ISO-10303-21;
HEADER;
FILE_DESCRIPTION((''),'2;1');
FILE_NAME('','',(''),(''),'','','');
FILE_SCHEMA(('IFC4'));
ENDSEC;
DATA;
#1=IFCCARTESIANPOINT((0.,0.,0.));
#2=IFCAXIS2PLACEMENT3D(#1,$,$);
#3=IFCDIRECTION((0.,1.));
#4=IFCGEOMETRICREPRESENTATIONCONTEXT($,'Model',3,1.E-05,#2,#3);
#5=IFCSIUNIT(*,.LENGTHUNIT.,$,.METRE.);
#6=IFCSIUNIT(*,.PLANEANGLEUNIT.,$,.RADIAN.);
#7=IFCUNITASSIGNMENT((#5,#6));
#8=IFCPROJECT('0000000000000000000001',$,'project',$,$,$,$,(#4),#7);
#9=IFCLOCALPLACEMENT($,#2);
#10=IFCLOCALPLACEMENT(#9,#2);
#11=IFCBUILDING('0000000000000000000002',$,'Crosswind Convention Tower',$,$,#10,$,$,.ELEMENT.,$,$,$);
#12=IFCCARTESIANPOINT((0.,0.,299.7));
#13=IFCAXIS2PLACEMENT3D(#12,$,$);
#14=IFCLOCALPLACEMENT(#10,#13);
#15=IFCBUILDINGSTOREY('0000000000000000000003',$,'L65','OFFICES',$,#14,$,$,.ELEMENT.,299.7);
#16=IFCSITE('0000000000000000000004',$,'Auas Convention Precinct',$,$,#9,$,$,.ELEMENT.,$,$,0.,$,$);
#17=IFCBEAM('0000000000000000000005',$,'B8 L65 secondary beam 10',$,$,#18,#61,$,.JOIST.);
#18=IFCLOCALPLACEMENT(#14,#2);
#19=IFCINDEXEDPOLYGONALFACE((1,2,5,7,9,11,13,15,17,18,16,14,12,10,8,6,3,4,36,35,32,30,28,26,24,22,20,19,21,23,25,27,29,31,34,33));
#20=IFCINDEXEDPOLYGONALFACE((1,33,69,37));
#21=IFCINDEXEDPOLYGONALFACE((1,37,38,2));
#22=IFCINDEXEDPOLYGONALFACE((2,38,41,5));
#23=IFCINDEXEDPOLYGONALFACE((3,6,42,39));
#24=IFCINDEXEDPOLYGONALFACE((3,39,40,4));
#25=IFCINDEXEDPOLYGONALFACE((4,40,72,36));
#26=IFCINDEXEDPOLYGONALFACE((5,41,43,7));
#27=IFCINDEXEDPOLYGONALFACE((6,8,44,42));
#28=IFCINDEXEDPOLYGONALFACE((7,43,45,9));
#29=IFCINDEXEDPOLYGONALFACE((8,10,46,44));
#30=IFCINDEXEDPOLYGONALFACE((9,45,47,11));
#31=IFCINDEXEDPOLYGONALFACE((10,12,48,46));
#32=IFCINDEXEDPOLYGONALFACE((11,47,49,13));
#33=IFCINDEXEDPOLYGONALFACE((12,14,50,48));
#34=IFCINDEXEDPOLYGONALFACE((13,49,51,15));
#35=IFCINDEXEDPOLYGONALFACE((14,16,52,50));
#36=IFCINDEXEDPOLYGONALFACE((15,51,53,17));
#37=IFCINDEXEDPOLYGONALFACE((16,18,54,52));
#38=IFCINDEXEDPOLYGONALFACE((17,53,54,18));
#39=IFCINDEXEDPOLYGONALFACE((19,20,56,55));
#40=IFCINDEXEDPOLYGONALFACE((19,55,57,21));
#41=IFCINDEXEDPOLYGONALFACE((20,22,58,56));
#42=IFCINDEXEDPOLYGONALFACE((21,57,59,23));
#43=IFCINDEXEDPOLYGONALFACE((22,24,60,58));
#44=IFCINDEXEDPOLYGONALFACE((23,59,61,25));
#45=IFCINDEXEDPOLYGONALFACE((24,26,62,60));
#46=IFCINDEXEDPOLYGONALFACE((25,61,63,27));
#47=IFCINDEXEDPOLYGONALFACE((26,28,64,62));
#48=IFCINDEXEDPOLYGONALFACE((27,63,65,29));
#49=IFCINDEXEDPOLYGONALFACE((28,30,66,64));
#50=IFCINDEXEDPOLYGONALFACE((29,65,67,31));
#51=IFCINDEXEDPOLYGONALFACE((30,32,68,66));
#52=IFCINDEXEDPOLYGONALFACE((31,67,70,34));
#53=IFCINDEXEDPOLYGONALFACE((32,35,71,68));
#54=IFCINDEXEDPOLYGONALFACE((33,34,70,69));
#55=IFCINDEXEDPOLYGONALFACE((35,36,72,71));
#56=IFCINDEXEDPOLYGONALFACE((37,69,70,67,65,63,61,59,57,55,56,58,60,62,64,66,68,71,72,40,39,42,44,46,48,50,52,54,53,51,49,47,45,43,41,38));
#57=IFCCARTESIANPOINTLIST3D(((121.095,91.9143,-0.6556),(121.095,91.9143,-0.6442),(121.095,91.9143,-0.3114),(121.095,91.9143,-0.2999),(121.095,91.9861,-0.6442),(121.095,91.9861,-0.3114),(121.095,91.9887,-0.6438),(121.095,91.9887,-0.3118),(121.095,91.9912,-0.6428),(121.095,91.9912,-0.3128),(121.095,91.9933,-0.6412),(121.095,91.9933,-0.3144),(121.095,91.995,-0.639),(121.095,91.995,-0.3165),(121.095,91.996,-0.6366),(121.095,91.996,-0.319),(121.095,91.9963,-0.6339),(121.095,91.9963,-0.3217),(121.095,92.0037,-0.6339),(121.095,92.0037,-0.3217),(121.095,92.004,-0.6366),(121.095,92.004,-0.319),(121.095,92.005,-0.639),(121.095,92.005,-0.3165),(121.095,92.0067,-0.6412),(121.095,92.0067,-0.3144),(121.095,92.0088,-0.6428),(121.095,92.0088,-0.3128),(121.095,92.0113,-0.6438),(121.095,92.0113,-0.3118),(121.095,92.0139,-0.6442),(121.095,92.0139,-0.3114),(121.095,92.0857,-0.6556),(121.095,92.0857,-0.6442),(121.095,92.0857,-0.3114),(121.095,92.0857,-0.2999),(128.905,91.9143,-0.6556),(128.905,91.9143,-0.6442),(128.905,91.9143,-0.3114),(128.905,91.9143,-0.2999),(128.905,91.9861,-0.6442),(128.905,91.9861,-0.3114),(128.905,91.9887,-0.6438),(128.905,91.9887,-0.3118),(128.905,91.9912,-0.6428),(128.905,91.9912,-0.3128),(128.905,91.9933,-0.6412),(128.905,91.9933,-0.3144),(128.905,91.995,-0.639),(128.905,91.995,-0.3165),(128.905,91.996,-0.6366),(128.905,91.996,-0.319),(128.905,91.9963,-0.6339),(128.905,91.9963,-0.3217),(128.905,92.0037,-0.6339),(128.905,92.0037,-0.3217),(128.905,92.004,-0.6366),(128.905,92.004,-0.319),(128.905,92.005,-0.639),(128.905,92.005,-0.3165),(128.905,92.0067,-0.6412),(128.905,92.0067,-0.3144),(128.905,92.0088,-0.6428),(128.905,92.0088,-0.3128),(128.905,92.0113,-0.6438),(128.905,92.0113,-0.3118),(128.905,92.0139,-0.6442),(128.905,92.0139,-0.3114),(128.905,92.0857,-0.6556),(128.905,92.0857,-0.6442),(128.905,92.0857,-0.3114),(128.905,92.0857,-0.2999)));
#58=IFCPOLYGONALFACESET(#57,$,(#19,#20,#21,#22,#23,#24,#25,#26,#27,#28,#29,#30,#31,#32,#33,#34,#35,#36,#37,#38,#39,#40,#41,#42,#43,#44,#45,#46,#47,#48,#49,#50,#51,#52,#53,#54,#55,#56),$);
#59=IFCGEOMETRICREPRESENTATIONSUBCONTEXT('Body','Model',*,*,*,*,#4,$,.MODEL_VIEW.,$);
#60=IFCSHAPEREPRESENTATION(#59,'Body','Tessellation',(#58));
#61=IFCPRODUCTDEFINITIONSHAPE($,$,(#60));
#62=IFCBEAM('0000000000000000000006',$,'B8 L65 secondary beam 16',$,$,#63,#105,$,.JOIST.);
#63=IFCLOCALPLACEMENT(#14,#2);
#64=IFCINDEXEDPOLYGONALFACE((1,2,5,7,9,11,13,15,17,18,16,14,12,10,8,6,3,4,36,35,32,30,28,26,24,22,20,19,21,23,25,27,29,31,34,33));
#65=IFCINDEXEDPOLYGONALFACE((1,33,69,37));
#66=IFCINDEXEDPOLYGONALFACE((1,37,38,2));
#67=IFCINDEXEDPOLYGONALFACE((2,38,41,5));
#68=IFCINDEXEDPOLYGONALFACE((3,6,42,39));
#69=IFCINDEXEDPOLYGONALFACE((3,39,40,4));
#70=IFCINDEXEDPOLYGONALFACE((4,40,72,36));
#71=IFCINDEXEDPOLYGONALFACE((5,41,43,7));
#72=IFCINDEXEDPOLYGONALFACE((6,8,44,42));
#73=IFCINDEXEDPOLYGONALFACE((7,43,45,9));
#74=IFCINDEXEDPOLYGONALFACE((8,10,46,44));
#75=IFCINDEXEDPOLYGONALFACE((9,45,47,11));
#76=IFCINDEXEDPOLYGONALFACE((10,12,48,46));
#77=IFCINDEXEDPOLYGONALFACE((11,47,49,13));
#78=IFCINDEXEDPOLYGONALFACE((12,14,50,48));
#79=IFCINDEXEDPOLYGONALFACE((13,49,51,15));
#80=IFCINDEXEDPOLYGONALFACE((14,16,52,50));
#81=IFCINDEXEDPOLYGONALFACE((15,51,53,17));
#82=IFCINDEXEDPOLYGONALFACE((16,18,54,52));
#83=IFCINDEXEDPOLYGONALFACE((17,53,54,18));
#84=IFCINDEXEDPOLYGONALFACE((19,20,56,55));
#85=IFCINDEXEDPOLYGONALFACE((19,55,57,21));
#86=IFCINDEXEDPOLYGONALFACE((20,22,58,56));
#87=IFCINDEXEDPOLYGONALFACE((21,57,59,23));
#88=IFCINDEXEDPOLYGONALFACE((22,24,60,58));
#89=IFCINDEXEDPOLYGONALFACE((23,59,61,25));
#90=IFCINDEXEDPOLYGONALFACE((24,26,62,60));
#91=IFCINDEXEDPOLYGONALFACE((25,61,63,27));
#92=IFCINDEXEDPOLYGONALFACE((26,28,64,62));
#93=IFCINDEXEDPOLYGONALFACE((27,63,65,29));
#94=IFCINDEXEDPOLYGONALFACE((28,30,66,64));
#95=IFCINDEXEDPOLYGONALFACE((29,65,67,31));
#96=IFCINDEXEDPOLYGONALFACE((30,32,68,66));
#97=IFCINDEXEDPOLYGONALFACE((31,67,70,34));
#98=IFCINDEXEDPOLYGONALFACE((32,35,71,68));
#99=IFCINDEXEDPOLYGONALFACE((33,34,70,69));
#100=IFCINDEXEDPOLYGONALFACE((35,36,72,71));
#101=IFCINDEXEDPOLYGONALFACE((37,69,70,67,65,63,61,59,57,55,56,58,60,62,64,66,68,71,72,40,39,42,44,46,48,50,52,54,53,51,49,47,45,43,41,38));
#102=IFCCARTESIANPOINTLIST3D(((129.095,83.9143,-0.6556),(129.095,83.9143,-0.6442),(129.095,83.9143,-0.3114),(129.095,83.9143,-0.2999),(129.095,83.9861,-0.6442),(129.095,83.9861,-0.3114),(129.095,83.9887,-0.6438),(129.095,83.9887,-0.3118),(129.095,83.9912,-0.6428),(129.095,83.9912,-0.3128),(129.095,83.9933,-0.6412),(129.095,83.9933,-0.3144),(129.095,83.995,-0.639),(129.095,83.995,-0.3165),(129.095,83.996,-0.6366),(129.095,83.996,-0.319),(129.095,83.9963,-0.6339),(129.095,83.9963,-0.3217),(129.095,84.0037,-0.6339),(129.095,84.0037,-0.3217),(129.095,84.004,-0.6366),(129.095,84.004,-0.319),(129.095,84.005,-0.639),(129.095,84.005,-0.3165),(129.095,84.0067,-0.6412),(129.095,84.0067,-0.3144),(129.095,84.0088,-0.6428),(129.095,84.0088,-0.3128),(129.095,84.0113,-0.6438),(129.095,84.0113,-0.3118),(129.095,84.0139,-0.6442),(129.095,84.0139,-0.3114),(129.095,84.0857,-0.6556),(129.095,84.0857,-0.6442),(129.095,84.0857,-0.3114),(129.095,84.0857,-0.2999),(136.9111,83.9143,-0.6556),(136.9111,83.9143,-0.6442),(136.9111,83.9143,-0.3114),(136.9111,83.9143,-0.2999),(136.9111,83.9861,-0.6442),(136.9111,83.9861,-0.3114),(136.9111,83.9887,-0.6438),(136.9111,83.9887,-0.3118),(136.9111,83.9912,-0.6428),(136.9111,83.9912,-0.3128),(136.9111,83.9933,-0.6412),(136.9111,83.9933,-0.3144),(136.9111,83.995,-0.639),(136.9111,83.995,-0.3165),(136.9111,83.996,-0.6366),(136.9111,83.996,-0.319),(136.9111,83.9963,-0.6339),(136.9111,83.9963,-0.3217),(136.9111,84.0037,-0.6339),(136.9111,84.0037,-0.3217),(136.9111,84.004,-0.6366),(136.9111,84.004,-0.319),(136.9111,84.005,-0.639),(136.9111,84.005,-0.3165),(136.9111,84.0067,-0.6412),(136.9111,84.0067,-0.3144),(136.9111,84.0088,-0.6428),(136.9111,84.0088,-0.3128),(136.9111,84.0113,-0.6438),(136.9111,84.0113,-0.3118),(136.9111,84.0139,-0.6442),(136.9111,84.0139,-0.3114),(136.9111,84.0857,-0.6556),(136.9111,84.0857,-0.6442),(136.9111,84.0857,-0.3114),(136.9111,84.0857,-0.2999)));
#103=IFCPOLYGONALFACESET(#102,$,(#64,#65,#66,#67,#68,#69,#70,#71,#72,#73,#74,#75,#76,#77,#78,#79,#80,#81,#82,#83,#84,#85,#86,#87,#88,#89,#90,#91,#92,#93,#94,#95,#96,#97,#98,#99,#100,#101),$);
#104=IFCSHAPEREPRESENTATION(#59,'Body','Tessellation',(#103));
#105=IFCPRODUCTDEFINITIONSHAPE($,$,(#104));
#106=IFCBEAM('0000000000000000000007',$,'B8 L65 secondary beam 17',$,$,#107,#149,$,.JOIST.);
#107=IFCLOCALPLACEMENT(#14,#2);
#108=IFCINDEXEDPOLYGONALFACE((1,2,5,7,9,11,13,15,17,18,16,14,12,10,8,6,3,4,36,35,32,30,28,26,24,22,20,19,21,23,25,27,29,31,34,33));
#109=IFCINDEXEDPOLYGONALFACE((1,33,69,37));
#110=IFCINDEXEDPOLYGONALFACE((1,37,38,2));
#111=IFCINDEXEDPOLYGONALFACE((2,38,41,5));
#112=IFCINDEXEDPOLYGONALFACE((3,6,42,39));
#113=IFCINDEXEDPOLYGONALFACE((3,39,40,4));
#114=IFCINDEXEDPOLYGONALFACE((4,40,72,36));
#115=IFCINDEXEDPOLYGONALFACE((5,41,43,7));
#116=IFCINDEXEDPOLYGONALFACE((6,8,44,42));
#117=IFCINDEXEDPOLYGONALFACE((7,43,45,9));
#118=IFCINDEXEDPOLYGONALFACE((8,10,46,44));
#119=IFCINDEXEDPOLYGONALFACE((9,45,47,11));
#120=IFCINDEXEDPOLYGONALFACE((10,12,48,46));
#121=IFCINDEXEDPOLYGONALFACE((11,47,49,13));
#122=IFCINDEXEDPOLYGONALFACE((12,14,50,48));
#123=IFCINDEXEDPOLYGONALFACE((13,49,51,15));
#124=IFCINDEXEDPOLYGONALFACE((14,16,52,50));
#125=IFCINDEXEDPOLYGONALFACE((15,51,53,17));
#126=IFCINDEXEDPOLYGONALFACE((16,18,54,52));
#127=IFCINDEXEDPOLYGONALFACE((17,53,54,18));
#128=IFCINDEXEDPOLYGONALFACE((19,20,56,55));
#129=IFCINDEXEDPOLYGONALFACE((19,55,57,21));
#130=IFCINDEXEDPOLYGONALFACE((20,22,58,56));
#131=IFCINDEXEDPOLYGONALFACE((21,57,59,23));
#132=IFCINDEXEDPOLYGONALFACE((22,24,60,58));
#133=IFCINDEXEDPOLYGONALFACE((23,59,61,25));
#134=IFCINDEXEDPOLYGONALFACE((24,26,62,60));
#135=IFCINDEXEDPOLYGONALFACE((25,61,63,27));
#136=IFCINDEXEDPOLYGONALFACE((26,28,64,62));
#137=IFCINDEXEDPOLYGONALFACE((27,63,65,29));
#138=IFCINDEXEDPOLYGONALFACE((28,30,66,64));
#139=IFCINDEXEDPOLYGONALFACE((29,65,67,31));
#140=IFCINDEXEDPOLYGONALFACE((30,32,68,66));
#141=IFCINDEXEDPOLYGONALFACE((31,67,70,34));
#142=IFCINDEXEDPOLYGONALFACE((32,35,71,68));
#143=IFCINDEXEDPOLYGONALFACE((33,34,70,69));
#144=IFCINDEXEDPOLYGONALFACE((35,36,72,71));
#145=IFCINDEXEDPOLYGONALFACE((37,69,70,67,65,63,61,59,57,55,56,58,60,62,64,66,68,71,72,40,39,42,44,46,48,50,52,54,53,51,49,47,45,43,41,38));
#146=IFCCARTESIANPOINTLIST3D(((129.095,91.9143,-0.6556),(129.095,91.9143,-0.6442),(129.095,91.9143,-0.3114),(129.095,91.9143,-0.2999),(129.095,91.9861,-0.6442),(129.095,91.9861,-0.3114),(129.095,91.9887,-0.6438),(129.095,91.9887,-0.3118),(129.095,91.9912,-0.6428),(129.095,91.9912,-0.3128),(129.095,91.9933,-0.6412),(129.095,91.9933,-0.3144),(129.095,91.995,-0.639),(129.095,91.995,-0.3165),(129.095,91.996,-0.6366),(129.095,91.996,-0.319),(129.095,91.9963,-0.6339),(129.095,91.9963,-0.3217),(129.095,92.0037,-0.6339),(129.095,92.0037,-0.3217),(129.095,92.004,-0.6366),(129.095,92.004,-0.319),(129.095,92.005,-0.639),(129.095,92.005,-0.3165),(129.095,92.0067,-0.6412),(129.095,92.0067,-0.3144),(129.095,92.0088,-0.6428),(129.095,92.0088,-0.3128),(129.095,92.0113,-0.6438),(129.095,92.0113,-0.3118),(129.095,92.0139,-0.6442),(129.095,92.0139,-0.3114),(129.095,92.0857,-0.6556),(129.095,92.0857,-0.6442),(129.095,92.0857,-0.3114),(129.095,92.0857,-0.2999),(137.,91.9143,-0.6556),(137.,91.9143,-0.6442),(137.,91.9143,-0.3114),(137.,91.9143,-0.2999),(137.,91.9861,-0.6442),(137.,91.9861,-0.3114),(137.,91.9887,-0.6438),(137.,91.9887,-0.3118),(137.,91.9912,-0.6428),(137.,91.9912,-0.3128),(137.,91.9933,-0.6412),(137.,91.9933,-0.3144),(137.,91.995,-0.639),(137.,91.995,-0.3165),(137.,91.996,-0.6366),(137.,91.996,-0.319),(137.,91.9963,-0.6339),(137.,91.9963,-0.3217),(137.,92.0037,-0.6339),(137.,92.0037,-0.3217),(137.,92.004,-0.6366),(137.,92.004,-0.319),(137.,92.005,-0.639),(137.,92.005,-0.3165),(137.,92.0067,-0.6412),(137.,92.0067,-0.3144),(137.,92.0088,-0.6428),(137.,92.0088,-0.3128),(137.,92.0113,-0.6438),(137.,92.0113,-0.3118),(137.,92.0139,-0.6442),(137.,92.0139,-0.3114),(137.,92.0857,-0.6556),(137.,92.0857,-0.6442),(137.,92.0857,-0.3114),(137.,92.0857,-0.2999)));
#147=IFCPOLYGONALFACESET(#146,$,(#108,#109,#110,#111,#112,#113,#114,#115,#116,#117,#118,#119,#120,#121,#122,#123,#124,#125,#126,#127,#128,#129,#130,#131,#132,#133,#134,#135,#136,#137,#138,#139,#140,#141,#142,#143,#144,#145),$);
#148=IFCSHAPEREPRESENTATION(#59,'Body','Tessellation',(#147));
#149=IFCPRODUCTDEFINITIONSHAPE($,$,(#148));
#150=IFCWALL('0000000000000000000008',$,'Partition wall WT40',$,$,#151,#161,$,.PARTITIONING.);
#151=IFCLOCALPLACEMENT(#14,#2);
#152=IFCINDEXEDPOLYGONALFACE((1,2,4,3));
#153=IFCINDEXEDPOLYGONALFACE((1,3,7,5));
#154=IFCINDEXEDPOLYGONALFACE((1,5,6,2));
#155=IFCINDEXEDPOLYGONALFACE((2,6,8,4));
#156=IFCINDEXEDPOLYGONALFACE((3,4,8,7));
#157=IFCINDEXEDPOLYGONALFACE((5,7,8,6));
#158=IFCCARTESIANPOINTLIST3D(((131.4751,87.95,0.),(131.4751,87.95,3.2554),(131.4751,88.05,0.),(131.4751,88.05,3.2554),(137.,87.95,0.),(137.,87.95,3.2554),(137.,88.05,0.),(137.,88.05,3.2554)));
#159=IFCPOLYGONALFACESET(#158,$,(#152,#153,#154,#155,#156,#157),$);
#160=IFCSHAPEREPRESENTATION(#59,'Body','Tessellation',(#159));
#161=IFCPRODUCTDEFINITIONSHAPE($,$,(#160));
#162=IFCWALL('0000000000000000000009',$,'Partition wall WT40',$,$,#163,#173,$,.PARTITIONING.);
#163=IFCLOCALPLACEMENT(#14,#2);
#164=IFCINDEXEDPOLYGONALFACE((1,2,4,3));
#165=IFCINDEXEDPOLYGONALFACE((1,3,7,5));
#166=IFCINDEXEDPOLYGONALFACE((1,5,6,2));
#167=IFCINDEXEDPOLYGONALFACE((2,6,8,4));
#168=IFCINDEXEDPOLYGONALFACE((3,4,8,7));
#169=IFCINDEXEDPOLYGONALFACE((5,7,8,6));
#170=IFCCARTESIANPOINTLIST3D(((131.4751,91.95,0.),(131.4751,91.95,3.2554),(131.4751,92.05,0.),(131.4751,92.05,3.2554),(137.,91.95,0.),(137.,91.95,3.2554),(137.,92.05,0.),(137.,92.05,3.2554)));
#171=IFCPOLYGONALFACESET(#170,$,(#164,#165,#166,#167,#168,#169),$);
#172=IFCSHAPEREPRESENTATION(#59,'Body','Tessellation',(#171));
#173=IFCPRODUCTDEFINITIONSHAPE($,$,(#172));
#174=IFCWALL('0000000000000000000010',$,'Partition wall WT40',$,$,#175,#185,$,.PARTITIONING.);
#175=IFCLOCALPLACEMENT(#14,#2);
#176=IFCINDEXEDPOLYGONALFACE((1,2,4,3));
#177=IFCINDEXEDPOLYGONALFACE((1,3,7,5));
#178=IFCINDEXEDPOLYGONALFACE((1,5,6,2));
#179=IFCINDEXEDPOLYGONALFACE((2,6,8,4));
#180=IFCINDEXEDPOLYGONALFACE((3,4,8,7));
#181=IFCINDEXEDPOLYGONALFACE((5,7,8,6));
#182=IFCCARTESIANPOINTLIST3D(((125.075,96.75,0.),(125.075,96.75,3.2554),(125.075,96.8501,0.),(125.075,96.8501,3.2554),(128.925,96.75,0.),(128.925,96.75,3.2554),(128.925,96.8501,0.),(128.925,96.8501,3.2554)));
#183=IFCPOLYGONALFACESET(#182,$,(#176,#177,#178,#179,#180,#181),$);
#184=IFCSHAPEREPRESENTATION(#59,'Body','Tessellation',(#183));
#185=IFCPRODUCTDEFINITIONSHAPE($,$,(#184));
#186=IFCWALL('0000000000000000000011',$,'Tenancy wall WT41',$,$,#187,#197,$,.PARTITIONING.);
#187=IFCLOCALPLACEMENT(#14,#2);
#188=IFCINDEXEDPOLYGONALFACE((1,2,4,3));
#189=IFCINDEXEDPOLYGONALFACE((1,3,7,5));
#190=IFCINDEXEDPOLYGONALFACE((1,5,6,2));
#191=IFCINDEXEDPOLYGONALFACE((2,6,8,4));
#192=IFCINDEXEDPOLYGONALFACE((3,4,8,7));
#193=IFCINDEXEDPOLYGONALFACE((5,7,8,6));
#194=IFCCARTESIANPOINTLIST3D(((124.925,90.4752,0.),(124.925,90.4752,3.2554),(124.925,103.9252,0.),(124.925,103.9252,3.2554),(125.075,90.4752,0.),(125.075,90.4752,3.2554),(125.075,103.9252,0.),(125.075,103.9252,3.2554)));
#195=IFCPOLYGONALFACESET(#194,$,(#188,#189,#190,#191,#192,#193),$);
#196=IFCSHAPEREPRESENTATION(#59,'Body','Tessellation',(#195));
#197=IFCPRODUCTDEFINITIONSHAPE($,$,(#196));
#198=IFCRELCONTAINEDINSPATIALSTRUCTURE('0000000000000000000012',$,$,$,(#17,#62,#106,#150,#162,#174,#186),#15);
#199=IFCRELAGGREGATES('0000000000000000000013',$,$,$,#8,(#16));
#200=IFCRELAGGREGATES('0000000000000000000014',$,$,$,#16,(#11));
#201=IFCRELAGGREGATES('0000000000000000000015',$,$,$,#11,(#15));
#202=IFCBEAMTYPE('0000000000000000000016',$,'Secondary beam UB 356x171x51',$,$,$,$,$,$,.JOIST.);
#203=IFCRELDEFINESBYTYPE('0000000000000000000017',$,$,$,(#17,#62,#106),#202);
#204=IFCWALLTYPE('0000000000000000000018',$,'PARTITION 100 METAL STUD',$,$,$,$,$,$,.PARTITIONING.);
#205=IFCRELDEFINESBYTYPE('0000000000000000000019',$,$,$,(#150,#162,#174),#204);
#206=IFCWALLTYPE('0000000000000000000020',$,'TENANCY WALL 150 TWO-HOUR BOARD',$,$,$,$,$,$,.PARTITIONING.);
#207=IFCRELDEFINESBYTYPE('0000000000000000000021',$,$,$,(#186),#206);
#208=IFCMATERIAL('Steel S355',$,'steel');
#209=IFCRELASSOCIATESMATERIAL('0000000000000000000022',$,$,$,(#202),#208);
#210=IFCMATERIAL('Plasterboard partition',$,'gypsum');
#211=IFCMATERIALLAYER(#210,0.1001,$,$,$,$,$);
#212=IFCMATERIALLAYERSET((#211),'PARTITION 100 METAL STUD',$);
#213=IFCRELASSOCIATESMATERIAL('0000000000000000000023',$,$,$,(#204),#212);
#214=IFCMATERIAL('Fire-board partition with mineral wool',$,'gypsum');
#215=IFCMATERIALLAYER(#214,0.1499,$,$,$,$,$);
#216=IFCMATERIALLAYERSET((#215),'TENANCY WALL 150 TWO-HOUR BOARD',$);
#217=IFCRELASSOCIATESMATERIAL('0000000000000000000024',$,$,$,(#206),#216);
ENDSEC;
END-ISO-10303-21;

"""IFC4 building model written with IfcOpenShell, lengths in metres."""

from ifc_helpers import new_model, si_unit, direction, frame, frame_2d, origin, origin_2d, place, context, subcontext, project, spatial, rectangle, i_section, extrude, material, layer, layer_set, material_profile, profile_set, type_object, element, save


model = new_model("IFC4")

# Units and contexts
model_context = context("Model", 3, precision=1e-05, world=origin(), true_north=direction((0.0, 1.0)))
body_context = subcontext(model_context, "Body", "Model", "MODEL_VIEW")
ifc_project = project(units=[si_unit("LENGTHUNIT", "METRE"), si_unit("PLANEANGLEUNIT", "RADIAN")], contexts=[model_context])

# Site, building, storey
site_placement = place(None, origin())
site = spatial("IfcSite", under=ifc_project, at=site_placement, Name="Auas Convention Precinct", CompositionType="ELEMENT", RefElevation=0.0)
building_placement = place(site_placement, origin())
building = spatial("IfcBuilding", under=site, at=building_placement, Name="Crosswind Convention Tower", CompositionType="ELEMENT")
storey_placement = place(building_placement, frame((0.0, 0.0, 299.7)))
storey = spatial("IfcBuildingStorey", under=building, at=storey_placement, Name="L65", Description="OFFICES", CompositionType="ELEMENT", Elevation=299.7)

# Beams
ifc_material_1 = material(Name="Steel S355", Category="steel")
ifc_material_profile_1 = material_profile(ifc_material_1, i_section(OverallWidth=0.1714, OverallDepth=0.3557, WebThickness=0.0073, FlangeThickness=0.0115, FilletRadius=0.0103, at=origin_2d()), Name="UB 356x171x51")
ifc_profile_set_1 = profile_set([ifc_material_profile_1], Name="Steel S355")
beam_type_1 = type_object("IfcBeamType", Name="Secondary beam UB 356x171x51", PredefinedType="JOIST", material=ifc_profile_set_1)
for number, where, z_axis, x_axis, name in (
    (1, (121.095, 92.0, -0.4778), (1.0, 0.0, 0.0), (0.0, 1.0, 0.0), "B8 L65 secondary beam 10"),
):
    element("IfcBeam", number, at=place(storey_placement, frame(where, z_axis=z_axis, x_axis=x_axis)), inside=storey, type_object=beam_type_1, Name=name, PredefinedType="JOIST", context=body_context, shape_type="SweptSolid", body=[
        extrude(i_section(OverallWidth=0.1714, OverallDepth=0.3557, WebThickness=0.0073, FlangeThickness=0.0115, FilletRadius=0.0103, at=origin_2d()), origin(), (0.0, 0.0, 1.0), 7.8101),
    ])
beam_1_placement = place(storey_placement, frame((129.095, 84.0, -0.4778), z_axis=(1.0, 0.0, 0.0), x_axis=(0.0, 1.0, 0.0)))
element("IfcBeam", 2, at=beam_1_placement, inside=storey, type_object=beam_type_1, Name="B8 L65 secondary beam 16", PredefinedType="JOIST", context=body_context, shape_type="SweptSolid", body=[
    extrude(i_section(OverallWidth=0.1714, OverallDepth=0.3557, WebThickness=0.0073, FlangeThickness=0.0115, FilletRadius=0.0103, at=origin_2d()), origin(), (0.0, 0.0, 1.0), 7.8162),
])
beam_2_placement = place(storey_placement, frame((129.095, 92.0, -0.4778), z_axis=(1.0, 0.0, 0.0), x_axis=(0.0, 1.0, 0.0)))
element("IfcBeam", 3, at=beam_2_placement, inside=storey, type_object=beam_type_1, Name="B8 L65 secondary beam 17", PredefinedType="JOIST", context=body_context, shape_type="SweptSolid", body=[
    extrude(i_section(OverallWidth=0.1714, OverallDepth=0.3557, WebThickness=0.0073, FlangeThickness=0.0115, FilletRadius=0.0103, at=origin_2d()), origin(), (0.0, 0.0, 1.0), 7.905),
])

# Walls
ifc_material_2 = material(Name="Plasterboard partition", Category="gypsum")
ifc_layer_1 = layer(ifc_material_2, 0.1001)
ifc_layer_set_1 = layer_set([ifc_layer_1], Name="PARTITION 100 METAL STUD")
wall_type_1 = type_object("IfcWallType", Name="PARTITION 100 METAL STUD", PredefinedType="PARTITIONING", material=ifc_layer_set_1)
for number, where, z_axis, x_axis, name in (
    (4, (131.4751, 88.0, 0.0), (0.0, 0.0, 1.0), (1.0, 0.0, 0.0), "Partition wall WT40"),
    (5, (131.4751, 92.0, 0.0), (0.0, 0.0, 1.0), (1.0, 0.0, 0.0), "Partition wall WT40"),
):
    element("IfcWall", number, at=place(storey_placement, frame(where, z_axis=z_axis, x_axis=x_axis)), inside=storey, type_object=wall_type_1, Name=name, PredefinedType="PARTITIONING", context=body_context, shape_type="SweptSolid", body=[
        extrude(rectangle(XDim=5.5249, YDim=0.1001, at=frame_2d((2.7625, 0.0))), origin(), (0.0, 0.0, 1.0), 3.2554),
    ])
wall_1_placement = place(storey_placement, frame((125.075, 96.8, 0.0), z_axis=(0.0, 0.0, 1.0), x_axis=(1.0, 0.0, 0.0)))
element("IfcWall", 6, at=wall_1_placement, inside=storey, type_object=wall_type_1, Name="Partition wall WT40", PredefinedType="PARTITIONING", context=body_context, shape_type="SweptSolid", body=[
    extrude(rectangle(XDim=3.8501, YDim=0.1001, at=frame_2d((1.925, 0.0))), origin(), (0.0, 0.0, 1.0), 3.2554),
])
ifc_material_3 = material(Name="Fire-board partition with mineral wool", Category="gypsum")
ifc_layer_2 = layer(ifc_material_3, 0.1499)
ifc_layer_set_2 = layer_set([ifc_layer_2], Name="TENANCY WALL 150 TWO-HOUR BOARD")
wall_type_2 = type_object("IfcWallType", Name="TENANCY WALL 150 TWO-HOUR BOARD", PredefinedType="PARTITIONING", material=ifc_layer_set_2)
wall_2_placement = place(storey_placement, frame((125.0, 90.4751, 0.0), z_axis=(0.0, 0.0, 1.0), x_axis=(0.0, 1.0, 0.0)))
element("IfcWall", 7, at=wall_2_placement, inside=storey, type_object=wall_type_2, Name="Tenancy wall WT41", PredefinedType="PARTITIONING", context=body_context, shape_type="SweptSolid", body=[
    extrude(rectangle(XDim=13.45, YDim=0.1499, at=frame_2d((6.7251, 0.0))), origin(), (0.0, 0.0, 1.0), 3.2554),
])

save(model, "model.ifc")
